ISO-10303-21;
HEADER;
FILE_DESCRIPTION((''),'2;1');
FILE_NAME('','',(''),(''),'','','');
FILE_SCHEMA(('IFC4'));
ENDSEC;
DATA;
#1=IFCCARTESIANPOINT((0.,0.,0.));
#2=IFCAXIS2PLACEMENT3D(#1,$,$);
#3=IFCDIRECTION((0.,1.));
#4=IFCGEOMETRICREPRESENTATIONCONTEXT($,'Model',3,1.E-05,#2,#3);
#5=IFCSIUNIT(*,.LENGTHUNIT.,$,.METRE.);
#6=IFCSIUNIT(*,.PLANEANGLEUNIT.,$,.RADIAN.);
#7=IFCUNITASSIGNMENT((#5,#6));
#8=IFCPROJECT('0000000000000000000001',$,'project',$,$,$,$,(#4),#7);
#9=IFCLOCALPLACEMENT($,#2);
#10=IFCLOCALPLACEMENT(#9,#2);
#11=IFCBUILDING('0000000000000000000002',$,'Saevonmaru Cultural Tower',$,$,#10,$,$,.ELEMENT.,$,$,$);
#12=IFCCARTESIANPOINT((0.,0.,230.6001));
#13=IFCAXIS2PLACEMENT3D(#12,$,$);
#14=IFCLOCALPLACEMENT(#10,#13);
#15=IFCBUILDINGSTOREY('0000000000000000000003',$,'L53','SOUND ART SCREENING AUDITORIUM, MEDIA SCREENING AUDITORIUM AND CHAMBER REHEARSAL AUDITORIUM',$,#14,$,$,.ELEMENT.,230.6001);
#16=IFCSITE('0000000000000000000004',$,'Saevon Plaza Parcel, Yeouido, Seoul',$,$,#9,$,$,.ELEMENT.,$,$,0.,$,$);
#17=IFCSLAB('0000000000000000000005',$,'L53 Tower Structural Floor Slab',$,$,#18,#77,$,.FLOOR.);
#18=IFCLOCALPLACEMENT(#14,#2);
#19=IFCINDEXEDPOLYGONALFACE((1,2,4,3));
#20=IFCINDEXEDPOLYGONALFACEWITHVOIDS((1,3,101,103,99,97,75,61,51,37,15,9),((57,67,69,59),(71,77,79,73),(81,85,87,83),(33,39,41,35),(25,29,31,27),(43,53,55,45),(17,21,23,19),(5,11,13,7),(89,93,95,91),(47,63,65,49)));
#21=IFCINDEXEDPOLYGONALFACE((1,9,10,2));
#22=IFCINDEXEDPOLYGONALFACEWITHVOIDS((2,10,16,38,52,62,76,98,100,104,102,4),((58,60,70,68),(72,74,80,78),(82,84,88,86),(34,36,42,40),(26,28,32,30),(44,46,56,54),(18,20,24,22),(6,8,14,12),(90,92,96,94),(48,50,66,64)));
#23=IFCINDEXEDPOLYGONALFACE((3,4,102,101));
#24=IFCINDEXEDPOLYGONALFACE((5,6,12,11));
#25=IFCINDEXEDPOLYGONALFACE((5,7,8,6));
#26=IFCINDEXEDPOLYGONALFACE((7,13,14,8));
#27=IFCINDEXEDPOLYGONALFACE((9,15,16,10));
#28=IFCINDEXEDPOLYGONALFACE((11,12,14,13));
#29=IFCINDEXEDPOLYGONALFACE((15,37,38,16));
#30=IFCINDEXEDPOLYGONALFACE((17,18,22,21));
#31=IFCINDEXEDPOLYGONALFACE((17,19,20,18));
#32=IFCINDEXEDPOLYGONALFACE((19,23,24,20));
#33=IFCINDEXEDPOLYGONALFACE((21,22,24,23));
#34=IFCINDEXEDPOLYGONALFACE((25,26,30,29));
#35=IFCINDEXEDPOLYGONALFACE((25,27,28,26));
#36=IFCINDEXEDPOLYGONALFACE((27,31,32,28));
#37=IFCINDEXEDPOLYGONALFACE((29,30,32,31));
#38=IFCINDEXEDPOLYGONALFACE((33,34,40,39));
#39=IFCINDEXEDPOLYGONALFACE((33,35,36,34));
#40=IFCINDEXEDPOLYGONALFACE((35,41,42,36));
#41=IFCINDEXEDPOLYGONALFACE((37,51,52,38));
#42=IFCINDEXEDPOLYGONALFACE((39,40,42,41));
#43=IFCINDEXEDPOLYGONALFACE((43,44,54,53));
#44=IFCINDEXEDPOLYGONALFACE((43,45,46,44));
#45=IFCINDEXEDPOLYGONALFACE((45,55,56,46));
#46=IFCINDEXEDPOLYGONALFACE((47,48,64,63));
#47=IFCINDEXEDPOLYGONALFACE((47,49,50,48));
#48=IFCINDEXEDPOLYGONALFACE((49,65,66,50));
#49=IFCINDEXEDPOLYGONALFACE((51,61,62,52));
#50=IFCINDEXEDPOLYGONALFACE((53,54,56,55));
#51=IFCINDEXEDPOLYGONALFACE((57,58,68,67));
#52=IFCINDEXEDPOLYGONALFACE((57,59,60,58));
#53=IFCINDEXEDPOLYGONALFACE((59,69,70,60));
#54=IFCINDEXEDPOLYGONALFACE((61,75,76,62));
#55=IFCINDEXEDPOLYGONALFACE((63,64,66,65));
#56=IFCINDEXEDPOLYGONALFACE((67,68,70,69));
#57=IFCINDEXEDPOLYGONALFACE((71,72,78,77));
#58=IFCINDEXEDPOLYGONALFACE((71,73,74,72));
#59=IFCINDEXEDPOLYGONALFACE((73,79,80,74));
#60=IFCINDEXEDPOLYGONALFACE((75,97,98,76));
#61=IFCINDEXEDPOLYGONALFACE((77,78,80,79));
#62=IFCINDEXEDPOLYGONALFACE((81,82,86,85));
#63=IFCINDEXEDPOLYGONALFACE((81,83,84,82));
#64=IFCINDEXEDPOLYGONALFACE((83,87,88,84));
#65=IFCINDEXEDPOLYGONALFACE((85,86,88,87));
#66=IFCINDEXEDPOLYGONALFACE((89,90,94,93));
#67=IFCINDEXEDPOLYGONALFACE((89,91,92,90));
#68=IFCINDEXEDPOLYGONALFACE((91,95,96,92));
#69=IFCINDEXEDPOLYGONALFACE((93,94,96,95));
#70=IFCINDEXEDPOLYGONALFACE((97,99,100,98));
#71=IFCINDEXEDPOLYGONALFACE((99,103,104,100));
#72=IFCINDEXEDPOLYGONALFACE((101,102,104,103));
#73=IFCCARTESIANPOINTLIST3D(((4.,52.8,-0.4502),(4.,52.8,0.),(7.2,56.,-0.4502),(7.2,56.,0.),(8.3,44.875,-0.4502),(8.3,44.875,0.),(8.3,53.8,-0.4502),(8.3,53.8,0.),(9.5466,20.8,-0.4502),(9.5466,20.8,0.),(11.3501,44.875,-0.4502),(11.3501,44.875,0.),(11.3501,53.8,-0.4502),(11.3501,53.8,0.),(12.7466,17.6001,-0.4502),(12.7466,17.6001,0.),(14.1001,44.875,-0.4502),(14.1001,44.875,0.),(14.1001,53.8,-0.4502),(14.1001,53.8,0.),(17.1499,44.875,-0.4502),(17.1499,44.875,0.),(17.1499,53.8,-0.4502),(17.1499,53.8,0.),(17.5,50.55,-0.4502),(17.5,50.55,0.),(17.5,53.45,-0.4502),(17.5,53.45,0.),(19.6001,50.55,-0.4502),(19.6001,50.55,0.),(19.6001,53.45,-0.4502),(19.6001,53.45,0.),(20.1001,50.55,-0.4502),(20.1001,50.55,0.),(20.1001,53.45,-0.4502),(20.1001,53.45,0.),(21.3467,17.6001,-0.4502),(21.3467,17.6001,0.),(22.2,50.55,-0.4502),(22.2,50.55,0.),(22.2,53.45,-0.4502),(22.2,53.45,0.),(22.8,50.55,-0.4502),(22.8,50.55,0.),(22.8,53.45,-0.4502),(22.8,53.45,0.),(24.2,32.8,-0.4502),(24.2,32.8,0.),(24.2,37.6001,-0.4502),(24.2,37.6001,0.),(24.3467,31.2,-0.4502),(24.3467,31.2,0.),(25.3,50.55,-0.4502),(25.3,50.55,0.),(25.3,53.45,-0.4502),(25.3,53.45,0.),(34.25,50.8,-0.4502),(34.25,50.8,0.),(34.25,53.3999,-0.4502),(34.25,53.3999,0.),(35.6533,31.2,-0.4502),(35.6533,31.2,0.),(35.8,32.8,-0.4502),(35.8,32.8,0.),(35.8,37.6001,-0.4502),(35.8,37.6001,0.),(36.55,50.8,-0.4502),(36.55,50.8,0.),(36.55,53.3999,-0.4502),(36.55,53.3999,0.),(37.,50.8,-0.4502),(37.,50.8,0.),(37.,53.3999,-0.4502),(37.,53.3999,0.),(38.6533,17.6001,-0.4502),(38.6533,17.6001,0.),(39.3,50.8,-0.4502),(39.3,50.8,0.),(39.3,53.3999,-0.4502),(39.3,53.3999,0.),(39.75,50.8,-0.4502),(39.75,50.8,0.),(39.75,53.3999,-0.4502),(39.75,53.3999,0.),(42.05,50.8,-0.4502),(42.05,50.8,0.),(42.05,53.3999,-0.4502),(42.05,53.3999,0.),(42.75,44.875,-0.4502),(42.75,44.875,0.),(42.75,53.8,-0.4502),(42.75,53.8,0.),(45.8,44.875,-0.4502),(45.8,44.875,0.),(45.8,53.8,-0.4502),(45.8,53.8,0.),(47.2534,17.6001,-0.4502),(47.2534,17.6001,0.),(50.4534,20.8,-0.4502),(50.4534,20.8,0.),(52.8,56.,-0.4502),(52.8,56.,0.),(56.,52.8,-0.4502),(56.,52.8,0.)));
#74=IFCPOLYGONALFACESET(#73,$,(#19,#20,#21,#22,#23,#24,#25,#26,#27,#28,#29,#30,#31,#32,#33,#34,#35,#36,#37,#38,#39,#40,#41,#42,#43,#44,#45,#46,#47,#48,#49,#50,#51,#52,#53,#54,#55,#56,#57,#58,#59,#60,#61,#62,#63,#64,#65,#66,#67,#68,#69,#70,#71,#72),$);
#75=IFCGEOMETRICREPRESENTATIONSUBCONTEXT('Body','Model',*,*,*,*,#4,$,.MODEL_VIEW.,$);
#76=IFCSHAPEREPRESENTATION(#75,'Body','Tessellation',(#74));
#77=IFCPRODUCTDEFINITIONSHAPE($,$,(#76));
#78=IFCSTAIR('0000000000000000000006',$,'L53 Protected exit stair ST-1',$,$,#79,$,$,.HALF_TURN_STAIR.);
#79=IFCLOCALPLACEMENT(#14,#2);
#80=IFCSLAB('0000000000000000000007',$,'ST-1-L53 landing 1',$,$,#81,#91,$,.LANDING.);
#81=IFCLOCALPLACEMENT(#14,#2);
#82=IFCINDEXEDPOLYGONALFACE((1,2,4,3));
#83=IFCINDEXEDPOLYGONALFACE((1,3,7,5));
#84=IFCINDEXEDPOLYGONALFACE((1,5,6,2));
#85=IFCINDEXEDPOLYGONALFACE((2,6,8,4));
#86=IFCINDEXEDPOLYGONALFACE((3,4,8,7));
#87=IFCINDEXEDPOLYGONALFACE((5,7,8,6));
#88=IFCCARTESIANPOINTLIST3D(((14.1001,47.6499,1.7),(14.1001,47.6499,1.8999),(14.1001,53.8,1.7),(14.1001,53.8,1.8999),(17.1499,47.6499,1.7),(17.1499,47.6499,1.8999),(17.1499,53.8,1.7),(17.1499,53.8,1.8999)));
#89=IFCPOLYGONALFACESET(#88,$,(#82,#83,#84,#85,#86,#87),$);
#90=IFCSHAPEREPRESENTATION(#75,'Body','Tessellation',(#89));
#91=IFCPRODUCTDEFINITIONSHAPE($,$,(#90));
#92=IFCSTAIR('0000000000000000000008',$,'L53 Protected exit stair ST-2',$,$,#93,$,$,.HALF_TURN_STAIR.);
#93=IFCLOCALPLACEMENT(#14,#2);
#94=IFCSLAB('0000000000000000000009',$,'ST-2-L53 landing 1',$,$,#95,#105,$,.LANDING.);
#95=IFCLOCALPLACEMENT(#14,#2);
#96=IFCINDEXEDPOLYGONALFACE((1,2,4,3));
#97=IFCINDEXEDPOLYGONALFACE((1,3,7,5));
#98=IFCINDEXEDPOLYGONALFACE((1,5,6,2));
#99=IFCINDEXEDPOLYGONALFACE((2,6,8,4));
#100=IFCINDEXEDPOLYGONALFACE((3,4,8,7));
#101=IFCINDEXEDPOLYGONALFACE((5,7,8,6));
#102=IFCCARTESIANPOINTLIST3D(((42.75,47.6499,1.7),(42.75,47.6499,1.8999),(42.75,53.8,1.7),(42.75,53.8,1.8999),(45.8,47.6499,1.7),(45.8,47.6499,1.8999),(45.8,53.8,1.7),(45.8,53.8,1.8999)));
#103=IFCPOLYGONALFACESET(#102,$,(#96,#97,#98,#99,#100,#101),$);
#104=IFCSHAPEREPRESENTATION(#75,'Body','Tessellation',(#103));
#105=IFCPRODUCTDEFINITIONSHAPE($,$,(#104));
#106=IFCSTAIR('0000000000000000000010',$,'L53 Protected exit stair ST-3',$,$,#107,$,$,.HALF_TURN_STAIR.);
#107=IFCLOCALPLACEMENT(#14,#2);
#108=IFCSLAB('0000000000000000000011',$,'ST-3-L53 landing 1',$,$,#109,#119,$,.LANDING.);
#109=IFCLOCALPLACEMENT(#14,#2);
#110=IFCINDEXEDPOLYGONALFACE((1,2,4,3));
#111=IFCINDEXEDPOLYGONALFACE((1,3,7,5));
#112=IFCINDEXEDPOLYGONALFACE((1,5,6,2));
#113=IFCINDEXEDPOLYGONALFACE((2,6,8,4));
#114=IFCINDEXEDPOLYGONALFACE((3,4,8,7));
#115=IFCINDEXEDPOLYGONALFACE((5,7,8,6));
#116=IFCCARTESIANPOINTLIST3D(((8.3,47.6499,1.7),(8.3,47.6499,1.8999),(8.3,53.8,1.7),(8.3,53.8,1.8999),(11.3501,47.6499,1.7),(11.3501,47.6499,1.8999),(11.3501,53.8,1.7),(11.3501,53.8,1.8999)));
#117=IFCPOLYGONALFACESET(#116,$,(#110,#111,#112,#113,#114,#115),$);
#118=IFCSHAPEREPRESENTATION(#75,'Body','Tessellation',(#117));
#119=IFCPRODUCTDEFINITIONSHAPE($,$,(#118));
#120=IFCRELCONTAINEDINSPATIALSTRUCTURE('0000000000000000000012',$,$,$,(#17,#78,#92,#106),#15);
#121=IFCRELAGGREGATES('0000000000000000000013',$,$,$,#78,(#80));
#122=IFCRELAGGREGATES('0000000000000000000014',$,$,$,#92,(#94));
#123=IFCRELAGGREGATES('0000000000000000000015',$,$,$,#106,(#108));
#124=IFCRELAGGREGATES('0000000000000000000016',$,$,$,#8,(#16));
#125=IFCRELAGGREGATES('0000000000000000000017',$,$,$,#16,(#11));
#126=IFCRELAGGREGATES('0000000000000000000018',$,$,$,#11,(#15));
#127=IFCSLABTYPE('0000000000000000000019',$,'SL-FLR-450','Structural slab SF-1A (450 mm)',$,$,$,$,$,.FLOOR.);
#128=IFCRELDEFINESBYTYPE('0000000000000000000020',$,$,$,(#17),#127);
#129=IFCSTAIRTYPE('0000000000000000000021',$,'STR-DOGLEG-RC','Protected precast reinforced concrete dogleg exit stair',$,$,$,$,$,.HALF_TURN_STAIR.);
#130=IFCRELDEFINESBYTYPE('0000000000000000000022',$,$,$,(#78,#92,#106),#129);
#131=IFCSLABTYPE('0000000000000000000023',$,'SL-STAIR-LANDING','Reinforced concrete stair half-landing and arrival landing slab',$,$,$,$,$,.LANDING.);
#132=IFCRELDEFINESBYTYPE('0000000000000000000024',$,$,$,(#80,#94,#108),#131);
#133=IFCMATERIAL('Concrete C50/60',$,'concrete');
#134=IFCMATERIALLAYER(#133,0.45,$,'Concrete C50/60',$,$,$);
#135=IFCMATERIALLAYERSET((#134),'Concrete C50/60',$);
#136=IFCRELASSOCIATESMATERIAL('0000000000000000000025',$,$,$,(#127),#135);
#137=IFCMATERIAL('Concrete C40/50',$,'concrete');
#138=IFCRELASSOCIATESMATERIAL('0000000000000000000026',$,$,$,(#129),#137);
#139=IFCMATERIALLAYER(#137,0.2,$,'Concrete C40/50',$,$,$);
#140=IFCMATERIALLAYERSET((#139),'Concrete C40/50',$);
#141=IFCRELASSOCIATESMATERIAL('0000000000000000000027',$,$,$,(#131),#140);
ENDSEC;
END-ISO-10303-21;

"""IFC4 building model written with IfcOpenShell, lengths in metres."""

from ifc_helpers import new_model, si_unit, direction, frame, origin, place, context, subcontext, project, spatial, polyline, outline, extrude, material, layer, layer_set, type_object, element, aggregate, save


model = new_model("IFC4")

# Units and contexts
model_context = context("Model", 3, precision=1e-05, world=origin(), true_north=direction((0.0, 1.0)))
body_context = subcontext(model_context, "Body", "Model", "MODEL_VIEW")
ifc_project = project(units=[si_unit("LENGTHUNIT", "METRE"), si_unit("PLANEANGLEUNIT", "RADIAN")], contexts=[model_context])

# Site, building, storey
site_placement = place(None, origin())
site = spatial("IfcSite", under=ifc_project, at=site_placement, Name="Saevon Plaza Parcel, Yeouido, Seoul", CompositionType="ELEMENT", RefElevation=0.0)
building_placement = place(site_placement, origin())
building = spatial("IfcBuilding", under=site, at=building_placement, Name="Saevonmaru Cultural Tower", CompositionType="ELEMENT")
storey_placement = place(building_placement, frame((0.0, 0.0, 230.6001)))
storey = spatial("IfcBuildingStorey", under=building, at=storey_placement, Name="L53", Description="SOUND ART SCREENING AUDITORIUM, MEDIA SCREENING AUDITORIUM AND CHAMBER REHEARSAL AUDITORIUM", CompositionType="ELEMENT", Elevation=230.6001)

# Slab
ifc_material_1 = material(Name="Concrete C50/60", Category="concrete")
ifc_layer_1 = layer(ifc_material_1, 0.45, Name="Concrete C50/60")
ifc_layer_set_1 = layer_set([ifc_layer_1], Name="Concrete C50/60")
slab_type_1 = type_object("IfcSlabType", Name="SL-FLR-450", Description="Structural slab SF-1A (450 mm)", PredefinedType="FLOOR", material=ifc_layer_set_1)
slab_1_placement = place(storey_placement, frame((0.0, 0.0, -0.4502)))
element("IfcSlab", 1, at=slab_1_placement, inside=storey, type_object=slab_type_1, Name="L53 Tower Structural Floor Slab", PredefinedType="FLOOR", context=body_context, shape_type="SweptSolid", body=[
    extrude(outline(polyline([(9.5466, 20.8), (12.7466, 17.6001), (21.3467, 17.6001), (24.3467, 31.2), (35.6533, 31.2), (38.6533, 17.6001), (47.2534, 17.6001), (50.4534, 20.8), (56.0, 52.8), (52.8, 56.0), (7.2, 56.0), (4.0, 52.8), (9.5466, 20.8)]), holes=[polyline([(45.8, 44.875), (42.75, 44.875), (42.75, 53.8), (45.8, 53.8), (45.8, 44.875)]), polyline([(39.75, 50.8), (39.75, 53.3999), (42.05, 53.3999), (42.05, 50.8), (39.75, 50.8)]), polyline([(37.0, 50.8), (37.0, 53.3999), (39.3, 53.3999), (39.3, 50.8), (37.0, 50.8)]), polyline([(36.55, 50.8), (34.25, 50.8), (34.25, 53.3999), (36.55, 53.3999), (36.55, 50.8)]), polyline([(35.8, 32.8), (24.2, 32.8), (24.2, 37.6001), (35.8, 37.6001), (35.8, 32.8)]), polyline([(25.3, 50.55), (22.8, 50.55), (22.8, 53.45), (25.3, 53.45), (25.3, 50.55)]), polyline([(22.2, 50.55), (20.1001, 50.55), (20.1001, 53.45), (22.2, 53.45), (22.2, 50.55)]), polyline([(17.5, 50.55), (17.5, 53.45), (19.6001, 53.45), (19.6001, 50.55), (17.5, 50.55)]), polyline([(17.1499, 53.8), (17.1499, 44.875), (14.1001, 44.875), (14.1001, 53.8), (17.1499, 53.8)]), polyline([(11.3501, 53.8), (11.3501, 44.875), (8.3, 44.875), (8.3, 53.8), (11.3501, 53.8)])]), origin(), (0.0, 0.0, 1.0), 0.4502),
])

# Stairs, slabs
ifc_material_2 = material(Name="Concrete C40/50", Category="concrete")
stair_type = type_object("IfcStairType", Name="STR-DOGLEG-RC", Description="Protected precast reinforced concrete dogleg exit stair", PredefinedType="HALF_TURN_STAIR", material=ifc_material_2)
stair_1_placement = place(storey_placement, origin())
stair_1 = element("IfcStair", 2, at=stair_1_placement, inside=storey, type_object=stair_type, Name="L53 Protected exit stair ST-1", PredefinedType="HALF_TURN_STAIR")
ifc_layer_2 = layer(ifc_material_2, 0.2, Name="Concrete C40/50")
ifc_layer_set_2 = layer_set([ifc_layer_2], Name="Concrete C40/50")
slab_type_2 = type_object("IfcSlabType", Name="SL-STAIR-LANDING", Description="Reinforced concrete stair half-landing and arrival landing slab", PredefinedType="LANDING", material=ifc_layer_set_2)
slab_2_placement = place(storey_placement, frame((0.0, 0.0, 1.7)))
slab_2 = element("IfcSlab", 3, at=slab_2_placement, type_object=slab_type_2, Name="ST-1-L53 landing 1", PredefinedType="LANDING", context=body_context, shape_type="SweptSolid", body=[
    extrude(outline(polyline([(17.1499, 47.6499), (17.1499, 53.8), (14.1001, 53.8), (14.1001, 47.6499), (17.1499, 47.6499)])), origin(), (0.0, 0.0, 1.0), 0.2),
])
aggregate(stair_1, [slab_2])
stair_2_placement = place(storey_placement, origin())
stair_2 = element("IfcStair", 4, at=stair_2_placement, inside=storey, type_object=stair_type, Name="L53 Protected exit stair ST-2", PredefinedType="HALF_TURN_STAIR")
slab_3_placement = place(storey_placement, frame((0.0, 0.0, 1.7)))
slab_3 = element("IfcSlab", 5, at=slab_3_placement, type_object=slab_type_2, Name="ST-2-L53 landing 1", PredefinedType="LANDING", context=body_context, shape_type="SweptSolid", body=[
    extrude(outline(polyline([(45.8, 47.6499), (45.8, 53.8), (42.75, 53.8), (42.75, 47.6499), (45.8, 47.6499)])), origin(), (0.0, 0.0, 1.0), 0.2),
])
aggregate(stair_2, [slab_3])
stair_3_placement = place(storey_placement, origin())
stair_3 = element("IfcStair", 6, at=stair_3_placement, inside=storey, type_object=stair_type, Name="L53 Protected exit stair ST-3", PredefinedType="HALF_TURN_STAIR")
slab_4_placement = place(storey_placement, frame((0.0, 0.0, 1.7)))
slab_4 = element("IfcSlab", 7, at=slab_4_placement, type_object=slab_type_2, Name="ST-3-L53 landing 1", PredefinedType="LANDING", context=body_context, shape_type="SweptSolid", body=[
    extrude(outline(polyline([(11.3501, 47.6499), (11.3501, 53.8), (8.3, 53.8), (8.3, 47.6499), (11.3501, 47.6499)])), origin(), (0.0, 0.0, 1.0), 0.2),
])
aggregate(stair_3, [slab_4])

save(model, "model.ifc")
